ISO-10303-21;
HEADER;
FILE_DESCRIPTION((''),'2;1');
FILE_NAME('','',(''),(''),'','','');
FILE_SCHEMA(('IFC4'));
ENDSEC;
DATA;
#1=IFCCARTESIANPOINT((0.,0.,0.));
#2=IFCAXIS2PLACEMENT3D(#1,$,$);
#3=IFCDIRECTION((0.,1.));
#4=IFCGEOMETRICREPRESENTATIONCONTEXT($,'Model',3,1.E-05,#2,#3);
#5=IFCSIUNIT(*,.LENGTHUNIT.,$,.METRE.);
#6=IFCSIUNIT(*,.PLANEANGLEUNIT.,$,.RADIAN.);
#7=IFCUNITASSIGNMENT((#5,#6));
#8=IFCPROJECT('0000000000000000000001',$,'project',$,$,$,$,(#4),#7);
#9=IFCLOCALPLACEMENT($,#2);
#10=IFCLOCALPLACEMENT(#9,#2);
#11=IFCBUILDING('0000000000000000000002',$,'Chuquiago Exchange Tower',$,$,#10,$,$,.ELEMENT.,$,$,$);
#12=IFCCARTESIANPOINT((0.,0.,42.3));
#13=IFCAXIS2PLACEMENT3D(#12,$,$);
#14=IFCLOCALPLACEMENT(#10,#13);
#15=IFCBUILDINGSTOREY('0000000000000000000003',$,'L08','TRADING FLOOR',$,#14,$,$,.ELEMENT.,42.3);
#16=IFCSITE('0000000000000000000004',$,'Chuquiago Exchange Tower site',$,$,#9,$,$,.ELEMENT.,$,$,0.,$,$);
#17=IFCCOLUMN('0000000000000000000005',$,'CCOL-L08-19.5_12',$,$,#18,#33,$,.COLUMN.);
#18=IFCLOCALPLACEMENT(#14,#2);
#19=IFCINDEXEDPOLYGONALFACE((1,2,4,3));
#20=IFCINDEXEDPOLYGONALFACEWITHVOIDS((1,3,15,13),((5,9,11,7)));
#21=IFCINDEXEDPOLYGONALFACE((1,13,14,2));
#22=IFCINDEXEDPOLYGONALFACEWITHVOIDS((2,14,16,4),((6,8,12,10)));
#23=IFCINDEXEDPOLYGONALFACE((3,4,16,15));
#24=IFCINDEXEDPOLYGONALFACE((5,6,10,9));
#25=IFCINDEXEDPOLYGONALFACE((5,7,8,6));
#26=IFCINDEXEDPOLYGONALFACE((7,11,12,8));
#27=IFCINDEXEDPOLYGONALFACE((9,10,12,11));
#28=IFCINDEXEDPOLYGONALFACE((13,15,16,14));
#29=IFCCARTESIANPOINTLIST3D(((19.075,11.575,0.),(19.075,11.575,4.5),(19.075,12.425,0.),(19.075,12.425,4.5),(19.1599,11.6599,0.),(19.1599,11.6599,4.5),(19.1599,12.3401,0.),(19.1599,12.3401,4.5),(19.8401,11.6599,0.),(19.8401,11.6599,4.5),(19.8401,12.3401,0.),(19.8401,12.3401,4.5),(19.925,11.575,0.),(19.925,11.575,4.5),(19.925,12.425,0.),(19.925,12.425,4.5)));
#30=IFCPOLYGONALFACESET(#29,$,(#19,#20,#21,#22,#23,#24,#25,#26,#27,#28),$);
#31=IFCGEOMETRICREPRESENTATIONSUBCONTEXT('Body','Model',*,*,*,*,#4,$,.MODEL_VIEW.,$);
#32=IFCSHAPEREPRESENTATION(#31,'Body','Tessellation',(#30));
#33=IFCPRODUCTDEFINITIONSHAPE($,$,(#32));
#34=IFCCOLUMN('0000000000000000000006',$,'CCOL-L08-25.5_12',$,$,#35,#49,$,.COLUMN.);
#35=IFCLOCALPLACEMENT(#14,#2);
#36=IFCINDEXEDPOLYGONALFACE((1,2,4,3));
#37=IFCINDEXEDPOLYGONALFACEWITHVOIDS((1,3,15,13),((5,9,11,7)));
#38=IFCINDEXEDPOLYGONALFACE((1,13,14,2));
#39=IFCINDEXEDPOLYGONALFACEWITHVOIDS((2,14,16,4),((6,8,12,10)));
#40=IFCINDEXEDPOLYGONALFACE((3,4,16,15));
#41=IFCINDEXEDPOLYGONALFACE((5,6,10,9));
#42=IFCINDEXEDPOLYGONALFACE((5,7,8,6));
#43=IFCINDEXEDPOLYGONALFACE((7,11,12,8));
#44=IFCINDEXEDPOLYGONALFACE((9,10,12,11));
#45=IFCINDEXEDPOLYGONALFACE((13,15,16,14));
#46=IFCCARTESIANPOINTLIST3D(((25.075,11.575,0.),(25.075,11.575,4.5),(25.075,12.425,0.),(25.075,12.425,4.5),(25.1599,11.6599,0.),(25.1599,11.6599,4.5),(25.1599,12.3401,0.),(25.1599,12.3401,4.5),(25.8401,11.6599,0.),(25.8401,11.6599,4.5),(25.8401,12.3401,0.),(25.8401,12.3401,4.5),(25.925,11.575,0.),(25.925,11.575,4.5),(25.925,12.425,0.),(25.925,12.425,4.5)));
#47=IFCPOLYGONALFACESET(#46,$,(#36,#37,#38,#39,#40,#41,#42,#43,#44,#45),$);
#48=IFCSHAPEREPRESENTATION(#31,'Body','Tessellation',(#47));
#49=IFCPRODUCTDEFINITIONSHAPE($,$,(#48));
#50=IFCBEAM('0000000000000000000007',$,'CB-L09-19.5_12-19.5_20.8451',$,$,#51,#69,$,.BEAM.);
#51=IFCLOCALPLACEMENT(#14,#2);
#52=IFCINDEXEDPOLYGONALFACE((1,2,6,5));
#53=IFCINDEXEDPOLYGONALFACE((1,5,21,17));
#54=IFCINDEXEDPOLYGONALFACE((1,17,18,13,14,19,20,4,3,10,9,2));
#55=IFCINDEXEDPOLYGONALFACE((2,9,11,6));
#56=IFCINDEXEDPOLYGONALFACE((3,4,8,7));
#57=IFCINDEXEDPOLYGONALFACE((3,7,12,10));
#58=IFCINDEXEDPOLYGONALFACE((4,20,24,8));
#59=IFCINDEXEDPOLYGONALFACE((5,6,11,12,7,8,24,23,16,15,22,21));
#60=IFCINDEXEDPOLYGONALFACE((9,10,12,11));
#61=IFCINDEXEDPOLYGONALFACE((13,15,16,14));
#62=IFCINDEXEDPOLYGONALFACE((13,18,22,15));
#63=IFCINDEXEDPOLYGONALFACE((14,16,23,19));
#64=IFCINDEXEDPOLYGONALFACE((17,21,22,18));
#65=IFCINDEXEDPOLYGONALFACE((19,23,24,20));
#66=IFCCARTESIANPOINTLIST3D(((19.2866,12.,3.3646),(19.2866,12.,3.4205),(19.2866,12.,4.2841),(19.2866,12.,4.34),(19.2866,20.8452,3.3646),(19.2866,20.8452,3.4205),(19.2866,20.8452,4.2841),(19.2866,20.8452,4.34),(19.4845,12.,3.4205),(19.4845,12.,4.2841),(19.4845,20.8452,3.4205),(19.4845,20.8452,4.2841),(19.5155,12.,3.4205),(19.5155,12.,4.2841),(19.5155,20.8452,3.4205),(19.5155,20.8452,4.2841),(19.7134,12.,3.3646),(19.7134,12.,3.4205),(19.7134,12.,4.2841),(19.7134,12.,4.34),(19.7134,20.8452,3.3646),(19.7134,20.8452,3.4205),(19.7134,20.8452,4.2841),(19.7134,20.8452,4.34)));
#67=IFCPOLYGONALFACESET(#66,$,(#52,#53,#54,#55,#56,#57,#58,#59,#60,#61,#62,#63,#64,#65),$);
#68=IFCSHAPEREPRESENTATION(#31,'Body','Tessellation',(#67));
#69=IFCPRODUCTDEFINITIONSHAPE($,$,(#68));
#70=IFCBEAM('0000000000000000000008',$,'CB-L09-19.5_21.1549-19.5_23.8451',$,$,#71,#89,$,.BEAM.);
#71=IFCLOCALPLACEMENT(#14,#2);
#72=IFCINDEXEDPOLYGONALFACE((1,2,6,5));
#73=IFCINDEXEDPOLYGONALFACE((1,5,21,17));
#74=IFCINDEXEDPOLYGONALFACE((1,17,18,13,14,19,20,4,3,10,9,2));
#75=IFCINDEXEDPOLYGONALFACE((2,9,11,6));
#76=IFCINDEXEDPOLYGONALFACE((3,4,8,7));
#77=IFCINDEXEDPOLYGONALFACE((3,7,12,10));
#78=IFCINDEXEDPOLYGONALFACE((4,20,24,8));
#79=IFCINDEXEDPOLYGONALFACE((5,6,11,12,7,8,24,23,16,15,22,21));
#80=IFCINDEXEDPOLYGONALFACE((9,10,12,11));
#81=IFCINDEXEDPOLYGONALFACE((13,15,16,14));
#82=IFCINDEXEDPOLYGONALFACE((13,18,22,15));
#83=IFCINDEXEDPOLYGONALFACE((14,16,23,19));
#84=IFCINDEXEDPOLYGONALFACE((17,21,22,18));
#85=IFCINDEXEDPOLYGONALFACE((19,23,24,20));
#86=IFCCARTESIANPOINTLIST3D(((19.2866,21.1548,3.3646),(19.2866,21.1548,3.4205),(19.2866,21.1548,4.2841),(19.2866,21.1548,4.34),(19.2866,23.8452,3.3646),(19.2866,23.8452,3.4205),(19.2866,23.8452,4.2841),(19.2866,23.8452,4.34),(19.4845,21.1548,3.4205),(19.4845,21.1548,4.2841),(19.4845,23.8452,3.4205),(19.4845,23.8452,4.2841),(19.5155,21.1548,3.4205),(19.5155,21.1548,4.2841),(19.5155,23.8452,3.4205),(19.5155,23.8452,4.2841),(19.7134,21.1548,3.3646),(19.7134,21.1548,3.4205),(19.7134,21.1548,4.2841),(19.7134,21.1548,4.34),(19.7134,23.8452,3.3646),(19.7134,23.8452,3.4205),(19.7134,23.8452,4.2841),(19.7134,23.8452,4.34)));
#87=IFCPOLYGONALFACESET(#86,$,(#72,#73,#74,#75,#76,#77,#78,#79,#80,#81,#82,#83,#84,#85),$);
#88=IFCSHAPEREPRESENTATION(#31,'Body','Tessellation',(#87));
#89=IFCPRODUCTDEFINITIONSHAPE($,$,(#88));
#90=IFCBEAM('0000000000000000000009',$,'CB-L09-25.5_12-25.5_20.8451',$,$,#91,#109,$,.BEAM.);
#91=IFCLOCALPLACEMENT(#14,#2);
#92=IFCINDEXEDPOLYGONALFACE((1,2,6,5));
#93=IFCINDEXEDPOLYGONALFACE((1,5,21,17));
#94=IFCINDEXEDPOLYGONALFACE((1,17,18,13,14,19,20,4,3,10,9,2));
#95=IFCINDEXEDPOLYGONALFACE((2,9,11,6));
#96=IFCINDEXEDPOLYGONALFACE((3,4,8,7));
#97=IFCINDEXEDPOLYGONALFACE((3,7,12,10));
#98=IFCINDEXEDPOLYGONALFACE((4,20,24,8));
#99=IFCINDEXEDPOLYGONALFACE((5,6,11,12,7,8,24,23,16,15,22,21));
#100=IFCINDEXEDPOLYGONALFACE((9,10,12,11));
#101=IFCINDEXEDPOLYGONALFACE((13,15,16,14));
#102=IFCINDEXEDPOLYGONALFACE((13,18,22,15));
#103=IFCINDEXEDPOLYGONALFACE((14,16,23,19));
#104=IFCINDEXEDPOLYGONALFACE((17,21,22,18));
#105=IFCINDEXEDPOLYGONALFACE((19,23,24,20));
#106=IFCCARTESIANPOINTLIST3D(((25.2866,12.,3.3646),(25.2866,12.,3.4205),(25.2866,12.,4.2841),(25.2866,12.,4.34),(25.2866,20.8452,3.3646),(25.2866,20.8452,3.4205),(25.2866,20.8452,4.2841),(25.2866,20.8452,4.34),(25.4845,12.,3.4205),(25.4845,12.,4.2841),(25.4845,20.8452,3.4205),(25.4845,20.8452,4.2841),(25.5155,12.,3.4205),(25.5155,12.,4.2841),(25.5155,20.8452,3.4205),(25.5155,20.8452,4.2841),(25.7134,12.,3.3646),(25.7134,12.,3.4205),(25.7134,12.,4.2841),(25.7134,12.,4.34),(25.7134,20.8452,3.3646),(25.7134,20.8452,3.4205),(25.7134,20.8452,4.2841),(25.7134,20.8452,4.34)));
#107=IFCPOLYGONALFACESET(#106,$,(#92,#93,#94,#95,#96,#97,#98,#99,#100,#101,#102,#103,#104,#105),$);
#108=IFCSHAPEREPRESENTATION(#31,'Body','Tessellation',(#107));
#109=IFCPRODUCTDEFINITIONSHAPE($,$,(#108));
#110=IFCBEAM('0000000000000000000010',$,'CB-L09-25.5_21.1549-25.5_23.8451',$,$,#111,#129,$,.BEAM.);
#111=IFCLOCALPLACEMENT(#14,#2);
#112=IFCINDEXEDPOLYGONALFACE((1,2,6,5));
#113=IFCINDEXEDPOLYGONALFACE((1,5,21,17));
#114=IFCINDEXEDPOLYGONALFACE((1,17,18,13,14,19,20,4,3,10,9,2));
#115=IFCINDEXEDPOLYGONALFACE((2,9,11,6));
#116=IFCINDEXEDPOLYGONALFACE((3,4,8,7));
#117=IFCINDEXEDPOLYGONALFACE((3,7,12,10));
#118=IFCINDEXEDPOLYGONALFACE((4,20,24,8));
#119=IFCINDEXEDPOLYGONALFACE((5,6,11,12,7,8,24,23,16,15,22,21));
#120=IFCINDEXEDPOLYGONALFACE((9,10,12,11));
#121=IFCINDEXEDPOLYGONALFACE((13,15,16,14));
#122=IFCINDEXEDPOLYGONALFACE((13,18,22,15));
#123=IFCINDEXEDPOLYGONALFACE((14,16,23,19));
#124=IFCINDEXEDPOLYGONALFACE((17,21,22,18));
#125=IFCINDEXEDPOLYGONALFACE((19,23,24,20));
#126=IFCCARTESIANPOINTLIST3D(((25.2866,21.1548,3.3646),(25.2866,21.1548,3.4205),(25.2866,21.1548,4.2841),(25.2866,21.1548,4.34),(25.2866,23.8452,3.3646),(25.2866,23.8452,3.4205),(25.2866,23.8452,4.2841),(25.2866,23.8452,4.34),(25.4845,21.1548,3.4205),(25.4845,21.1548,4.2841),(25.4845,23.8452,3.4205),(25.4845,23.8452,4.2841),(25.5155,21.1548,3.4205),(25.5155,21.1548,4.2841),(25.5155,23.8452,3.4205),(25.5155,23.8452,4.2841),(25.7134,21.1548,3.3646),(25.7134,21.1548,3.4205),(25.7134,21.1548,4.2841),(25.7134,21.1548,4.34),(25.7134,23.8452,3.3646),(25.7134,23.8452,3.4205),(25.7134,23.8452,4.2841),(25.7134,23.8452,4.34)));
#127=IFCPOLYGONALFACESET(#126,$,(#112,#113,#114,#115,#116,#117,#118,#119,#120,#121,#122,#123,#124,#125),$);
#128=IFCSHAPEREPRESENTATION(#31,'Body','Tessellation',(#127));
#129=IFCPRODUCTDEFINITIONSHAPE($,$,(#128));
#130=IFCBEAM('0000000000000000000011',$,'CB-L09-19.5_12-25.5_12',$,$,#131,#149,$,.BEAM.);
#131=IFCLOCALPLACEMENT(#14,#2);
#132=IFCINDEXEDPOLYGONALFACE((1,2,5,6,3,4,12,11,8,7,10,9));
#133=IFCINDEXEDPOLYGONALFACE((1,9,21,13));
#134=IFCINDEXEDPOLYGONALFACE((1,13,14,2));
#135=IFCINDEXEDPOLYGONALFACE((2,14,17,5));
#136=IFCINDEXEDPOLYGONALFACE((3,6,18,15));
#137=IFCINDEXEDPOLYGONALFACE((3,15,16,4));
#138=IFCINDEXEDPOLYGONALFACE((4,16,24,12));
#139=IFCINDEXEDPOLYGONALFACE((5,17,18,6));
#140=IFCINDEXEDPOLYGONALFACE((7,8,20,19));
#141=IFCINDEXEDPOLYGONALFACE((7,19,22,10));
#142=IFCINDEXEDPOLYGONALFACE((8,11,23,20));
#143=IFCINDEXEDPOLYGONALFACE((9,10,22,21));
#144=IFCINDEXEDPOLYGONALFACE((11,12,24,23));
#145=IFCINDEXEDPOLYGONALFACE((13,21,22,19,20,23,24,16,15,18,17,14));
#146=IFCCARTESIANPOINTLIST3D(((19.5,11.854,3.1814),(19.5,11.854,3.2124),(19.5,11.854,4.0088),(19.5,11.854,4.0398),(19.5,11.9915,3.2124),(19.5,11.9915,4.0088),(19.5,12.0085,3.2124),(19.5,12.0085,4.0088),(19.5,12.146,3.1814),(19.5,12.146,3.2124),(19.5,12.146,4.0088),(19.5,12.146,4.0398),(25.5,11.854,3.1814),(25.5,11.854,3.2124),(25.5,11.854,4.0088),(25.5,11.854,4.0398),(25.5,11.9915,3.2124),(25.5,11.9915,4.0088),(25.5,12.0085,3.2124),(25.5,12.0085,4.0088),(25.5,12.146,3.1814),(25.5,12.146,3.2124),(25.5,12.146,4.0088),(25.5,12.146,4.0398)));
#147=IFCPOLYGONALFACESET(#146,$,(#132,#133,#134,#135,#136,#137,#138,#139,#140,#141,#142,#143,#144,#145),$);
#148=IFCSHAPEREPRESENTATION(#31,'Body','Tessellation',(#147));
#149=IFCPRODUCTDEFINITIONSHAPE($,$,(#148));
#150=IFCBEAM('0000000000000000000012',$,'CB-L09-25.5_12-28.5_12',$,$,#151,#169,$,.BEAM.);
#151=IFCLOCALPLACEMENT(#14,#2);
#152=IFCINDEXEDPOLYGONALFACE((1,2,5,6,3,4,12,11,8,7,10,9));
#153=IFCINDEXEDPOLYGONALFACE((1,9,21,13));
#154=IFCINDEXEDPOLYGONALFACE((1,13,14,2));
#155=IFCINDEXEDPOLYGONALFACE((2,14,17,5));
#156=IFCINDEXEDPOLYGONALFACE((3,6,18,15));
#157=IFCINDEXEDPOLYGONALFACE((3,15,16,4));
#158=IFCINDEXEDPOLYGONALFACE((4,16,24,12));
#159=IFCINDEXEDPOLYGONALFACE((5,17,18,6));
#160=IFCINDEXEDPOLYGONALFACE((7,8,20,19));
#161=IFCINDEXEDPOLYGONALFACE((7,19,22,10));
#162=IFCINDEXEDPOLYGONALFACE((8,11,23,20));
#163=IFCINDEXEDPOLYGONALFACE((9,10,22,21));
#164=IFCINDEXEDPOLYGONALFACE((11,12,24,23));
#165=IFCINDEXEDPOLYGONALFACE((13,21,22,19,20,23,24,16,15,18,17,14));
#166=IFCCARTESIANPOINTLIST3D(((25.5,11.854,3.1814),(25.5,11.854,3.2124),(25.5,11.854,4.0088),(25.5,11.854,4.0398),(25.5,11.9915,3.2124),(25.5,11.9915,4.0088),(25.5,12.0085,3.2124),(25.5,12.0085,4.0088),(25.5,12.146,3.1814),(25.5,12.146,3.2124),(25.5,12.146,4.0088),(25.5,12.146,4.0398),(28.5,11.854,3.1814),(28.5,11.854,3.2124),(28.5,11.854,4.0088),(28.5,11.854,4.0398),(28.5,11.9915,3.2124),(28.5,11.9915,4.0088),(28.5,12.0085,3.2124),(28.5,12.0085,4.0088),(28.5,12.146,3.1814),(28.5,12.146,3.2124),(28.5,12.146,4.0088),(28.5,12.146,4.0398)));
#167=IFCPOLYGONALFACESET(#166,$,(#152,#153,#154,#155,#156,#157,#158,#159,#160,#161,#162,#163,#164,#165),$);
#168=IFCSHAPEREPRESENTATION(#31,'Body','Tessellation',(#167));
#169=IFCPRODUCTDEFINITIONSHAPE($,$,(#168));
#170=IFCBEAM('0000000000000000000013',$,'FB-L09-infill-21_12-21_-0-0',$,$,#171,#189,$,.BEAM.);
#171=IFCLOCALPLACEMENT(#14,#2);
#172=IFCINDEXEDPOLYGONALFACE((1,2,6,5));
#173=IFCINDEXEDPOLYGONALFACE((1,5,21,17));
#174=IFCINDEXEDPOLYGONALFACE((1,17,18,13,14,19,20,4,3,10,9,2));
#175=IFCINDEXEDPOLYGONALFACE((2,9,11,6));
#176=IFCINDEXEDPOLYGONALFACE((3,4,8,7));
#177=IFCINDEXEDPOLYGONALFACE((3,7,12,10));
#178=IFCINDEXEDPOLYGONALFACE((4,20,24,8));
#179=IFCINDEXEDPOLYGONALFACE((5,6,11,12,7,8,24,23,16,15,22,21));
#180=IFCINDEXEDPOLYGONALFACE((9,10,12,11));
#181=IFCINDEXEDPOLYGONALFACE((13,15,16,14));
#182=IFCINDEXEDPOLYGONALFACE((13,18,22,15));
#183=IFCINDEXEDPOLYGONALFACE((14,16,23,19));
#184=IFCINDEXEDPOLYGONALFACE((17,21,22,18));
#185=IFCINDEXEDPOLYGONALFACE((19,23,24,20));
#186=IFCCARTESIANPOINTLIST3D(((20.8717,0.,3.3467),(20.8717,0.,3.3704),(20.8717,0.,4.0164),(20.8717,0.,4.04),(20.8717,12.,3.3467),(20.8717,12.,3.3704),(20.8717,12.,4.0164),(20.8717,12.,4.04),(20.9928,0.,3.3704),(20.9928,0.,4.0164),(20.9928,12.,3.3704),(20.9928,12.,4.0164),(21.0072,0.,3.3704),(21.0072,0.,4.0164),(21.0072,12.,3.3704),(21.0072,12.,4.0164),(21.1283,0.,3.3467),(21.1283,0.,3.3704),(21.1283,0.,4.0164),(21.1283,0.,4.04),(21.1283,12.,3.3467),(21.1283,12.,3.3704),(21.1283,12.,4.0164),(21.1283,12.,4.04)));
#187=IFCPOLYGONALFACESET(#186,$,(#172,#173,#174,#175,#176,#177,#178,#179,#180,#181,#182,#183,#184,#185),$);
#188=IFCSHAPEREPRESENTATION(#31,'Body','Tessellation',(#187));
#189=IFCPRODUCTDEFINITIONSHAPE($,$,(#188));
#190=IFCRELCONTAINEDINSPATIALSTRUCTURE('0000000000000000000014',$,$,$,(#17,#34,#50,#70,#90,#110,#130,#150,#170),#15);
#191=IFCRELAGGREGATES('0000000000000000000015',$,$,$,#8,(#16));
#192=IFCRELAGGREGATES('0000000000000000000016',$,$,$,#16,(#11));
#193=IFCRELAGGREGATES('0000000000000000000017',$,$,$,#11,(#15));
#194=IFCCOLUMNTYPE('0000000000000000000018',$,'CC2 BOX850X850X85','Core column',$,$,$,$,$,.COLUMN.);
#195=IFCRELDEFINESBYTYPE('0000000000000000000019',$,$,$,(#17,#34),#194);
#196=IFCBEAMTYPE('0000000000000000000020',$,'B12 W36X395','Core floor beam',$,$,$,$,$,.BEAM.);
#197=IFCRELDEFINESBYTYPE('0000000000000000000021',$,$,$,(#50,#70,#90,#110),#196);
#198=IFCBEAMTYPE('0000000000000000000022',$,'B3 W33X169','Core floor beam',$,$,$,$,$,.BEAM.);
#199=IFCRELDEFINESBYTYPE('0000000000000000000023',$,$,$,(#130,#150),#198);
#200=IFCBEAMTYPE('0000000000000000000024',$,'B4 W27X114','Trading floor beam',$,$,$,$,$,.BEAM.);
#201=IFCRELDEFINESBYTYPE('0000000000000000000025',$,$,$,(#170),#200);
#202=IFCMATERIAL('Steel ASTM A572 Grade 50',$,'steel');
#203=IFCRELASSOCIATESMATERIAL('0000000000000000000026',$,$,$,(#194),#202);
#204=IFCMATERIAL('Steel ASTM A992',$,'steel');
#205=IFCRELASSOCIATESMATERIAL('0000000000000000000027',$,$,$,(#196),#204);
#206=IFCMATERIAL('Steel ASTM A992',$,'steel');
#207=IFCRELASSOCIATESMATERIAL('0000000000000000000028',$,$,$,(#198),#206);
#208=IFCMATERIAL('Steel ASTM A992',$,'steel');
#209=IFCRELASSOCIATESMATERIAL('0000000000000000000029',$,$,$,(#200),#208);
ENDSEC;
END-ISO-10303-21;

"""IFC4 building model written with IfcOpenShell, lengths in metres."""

from ifc_helpers import new_model, si_unit, direction, frame, origin, origin_2d, place, context, subcontext, project, spatial, hollow_rectangle, i_section, extrude, material, material_profile, profile_set, type_object, element, save


model = new_model("IFC4")

# Units and contexts
model_context = context("Model", 3, precision=1e-05, world=origin(), true_north=direction((0.0, 1.0)))
body_context = subcontext(model_context, "Body", "Model", "MODEL_VIEW")
ifc_project = project(units=[si_unit("LENGTHUNIT", "METRE"), si_unit("PLANEANGLEUNIT", "RADIAN")], contexts=[model_context])

# Site, building, storey
site_placement = place(None, origin())
site = spatial("IfcSite", under=ifc_project, at=site_placement, Name="Chuquiago Exchange Tower site", CompositionType="ELEMENT", RefElevation=0.0)
building_placement = place(site_placement, origin())
building = spatial("IfcBuilding", under=site, at=building_placement, Name="Chuquiago Exchange Tower", CompositionType="ELEMENT")
storey_placement = place(building_placement, frame((0.0, 0.0, 42.3)))
storey = spatial("IfcBuildingStorey", under=building, at=storey_placement, Name="L08", Description="TRADING FLOOR", CompositionType="ELEMENT", Elevation=42.3)

# Columns
ifc_material_1 = material(Name="Steel ASTM A572 Grade 50", Category="steel")
ifc_material_profile_1 = material_profile(ifc_material_1, hollow_rectangle(XDim=0.8501, YDim=0.8501, WallThickness=0.085, at=origin_2d()), Name="BOX850X850X85")
ifc_profile_set_1 = profile_set([ifc_material_profile_1], Name="Steel ASTM A572 Grade 50")
column_type = type_object("IfcColumnType", Name="CC2 BOX850X850X85", Description="Core column", PredefinedType="COLUMN", material=ifc_profile_set_1)
for number, where, z_axis, x_axis, name in (
    (1, (19.5, 12.0, 0.0), (0.0, 0.0, 1.0), (1.0, 0.0, 0.0), "CCOL-L08-19.5_12"),
    (2, (25.5, 12.0, 0.0), (0.0, 0.0, 1.0), (1.0, 0.0, 0.0), "CCOL-L08-25.5_12"),
):
    element("IfcColumn", number, at=place(storey_placement, frame(where, z_axis=z_axis, x_axis=x_axis)), inside=storey, type_object=column_type, Name=name, PredefinedType="COLUMN", context=body_context, shape_type="SweptSolid", body=[
        extrude(hollow_rectangle(XDim=0.8501, YDim=0.8501, WallThickness=0.085, at=origin_2d()), origin(), (0.0, 0.0, 1.0), 4.5),
    ])

# Beams
ifc_material_2 = material(Name="Steel ASTM A992", Category="steel")
ifc_material_profile_2 = material_profile(ifc_material_2, i_section(OverallWidth=0.4268, OverallDepth=0.9753, WebThickness=0.031, FlangeThickness=0.0559, at=origin_2d()), Name="W36X395")
ifc_profile_set_2 = profile_set([ifc_material_profile_2], Name="Steel ASTM A992")
beam_type_1 = type_object("IfcBeamType", Name="B12 W36X395", Description="Core floor beam", PredefinedType="BEAM", material=ifc_profile_set_2)
beam_1_placement = place(storey_placement, frame((19.5, 12.0, 3.8523), z_axis=(0.0, 1.0, 0.0), x_axis=(-1.0, 0.0, 0.0)))
element("IfcBeam", 3, at=beam_1_placement, inside=storey, type_object=beam_type_1, Name="CB-L09-19.5_12-19.5_20.8451", PredefinedType="BEAM", context=body_context, shape_type="SweptSolid", body=[
    extrude(i_section(OverallWidth=0.4268, OverallDepth=0.9753, WebThickness=0.031, FlangeThickness=0.0559, at=origin_2d()), origin(), (0.0, 0.0, 1.0), 8.8452),
])
beam_2_placement = place(storey_placement, frame((19.5, 21.1548, 3.8523), z_axis=(0.0, 1.0, 0.0), x_axis=(-1.0, 0.0, 0.0)))
element("IfcBeam", 4, at=beam_2_placement, inside=storey, type_object=beam_type_1, Name="CB-L09-19.5_21.1549-19.5_23.8451", PredefinedType="BEAM", context=body_context, shape_type="SweptSolid", body=[
    extrude(i_section(OverallWidth=0.4268, OverallDepth=0.9753, WebThickness=0.031, FlangeThickness=0.0559, at=origin_2d()), origin(), (0.0, 0.0, 1.0), 2.6904),
])
beam_3_placement = place(storey_placement, frame((25.5, 12.0, 3.8523), z_axis=(0.0, 1.0, 0.0), x_axis=(-1.0, 0.0, 0.0)))
element("IfcBeam", 5, at=beam_3_placement, inside=storey, type_object=beam_type_1, Name="CB-L09-25.5_12-25.5_20.8451", PredefinedType="BEAM", context=body_context, shape_type="SweptSolid", body=[
    extrude(i_section(OverallWidth=0.4268, OverallDepth=0.9753, WebThickness=0.031, FlangeThickness=0.0559, at=origin_2d()), origin(), (0.0, 0.0, 1.0), 8.8452),
])
beam_4_placement = place(storey_placement, frame((25.5, 21.1548, 3.8523), z_axis=(0.0, 1.0, 0.0), x_axis=(-1.0, 0.0, 0.0)))
element("IfcBeam", 6, at=beam_4_placement, inside=storey, type_object=beam_type_1, Name="CB-L09-25.5_21.1549-25.5_23.8451", PredefinedType="BEAM", context=body_context, shape_type="SweptSolid", body=[
    extrude(i_section(OverallWidth=0.4268, OverallDepth=0.9753, WebThickness=0.031, FlangeThickness=0.0559, at=origin_2d()), origin(), (0.0, 0.0, 1.0), 2.6904),
])
ifc_material_3 = material(Name="Steel ASTM A992", Category="steel")
ifc_material_profile_3 = material_profile(ifc_material_3, i_section(OverallWidth=0.292, OverallDepth=0.8584, WebThickness=0.0171, FlangeThickness=0.031, at=origin_2d()), Name="W33X169")
ifc_profile_set_3 = profile_set([ifc_material_profile_3], Name="Steel ASTM A992")
beam_type_2 = type_object("IfcBeamType", Name="B3 W33X169", Description="Core floor beam", PredefinedType="BEAM", material=ifc_profile_set_3)
beam_5_placement = place(storey_placement, frame((19.5, 12.0, 3.6106), z_axis=(1.0, 0.0, 0.0), x_axis=(0.0, 1.0, 0.0)))
element("IfcBeam", 7, at=beam_5_placement, inside=storey, type_object=beam_type_2, Name="CB-L09-19.5_12-25.5_12", PredefinedType="BEAM", context=body_context, shape_type="SweptSolid", body=[
    extrude(i_section(OverallWidth=0.292, OverallDepth=0.8584, WebThickness=0.0171, FlangeThickness=0.031, at=origin_2d()), origin(), (0.0, 0.0, 1.0), 6.0),
])
beam_6_placement = place(storey_placement, frame((25.5, 12.0, 3.6106), z_axis=(1.0, 0.0, 0.0), x_axis=(0.0, 1.0, 0.0)))
element("IfcBeam", 8, at=beam_6_placement, inside=storey, type_object=beam_type_2, Name="CB-L09-25.5_12-28.5_12", PredefinedType="BEAM", context=body_context, shape_type="SweptSolid", body=[
    extrude(i_section(OverallWidth=0.292, OverallDepth=0.8584, WebThickness=0.0171, FlangeThickness=0.031, at=origin_2d()), origin(), (0.0, 0.0, 1.0), 3.0),
])
ifc_material_4 = material(Name="Steel ASTM A992", Category="steel")
ifc_material_profile_4 = material_profile(ifc_material_4, i_section(OverallWidth=0.2566, OverallDepth=0.6934, WebThickness=0.0144, FlangeThickness=0.0237, at=origin_2d()), Name="W27X114")
ifc_profile_set_4 = profile_set([ifc_material_profile_4], Name="Steel ASTM A992")
beam_type_3 = type_object("IfcBeamType", Name="B4 W27X114", Description="Trading floor beam", PredefinedType="BEAM", material=ifc_profile_set_4)
for number, where, z_axis, x_axis, name in (
    (9, (21.0, 12.0, 3.6934), (0.0, -1.0, 0.0), (1.0, 0.0, 0.0), "FB-L09-infill-21_12-21_-0-0"),
):
    element("IfcBeam", number, at=place(storey_placement, frame(where, z_axis=z_axis, x_axis=x_axis)), inside=storey, type_object=beam_type_3, Name=name, PredefinedType="BEAM", context=body_context, shape_type="SweptSolid", body=[
        extrude(i_section(OverallWidth=0.2566, OverallDepth=0.6934, WebThickness=0.0144, FlangeThickness=0.0237, at=origin_2d()), origin(), (0.0, 0.0, 1.0), 12.0),
    ])

save(model, "model.ifc")
